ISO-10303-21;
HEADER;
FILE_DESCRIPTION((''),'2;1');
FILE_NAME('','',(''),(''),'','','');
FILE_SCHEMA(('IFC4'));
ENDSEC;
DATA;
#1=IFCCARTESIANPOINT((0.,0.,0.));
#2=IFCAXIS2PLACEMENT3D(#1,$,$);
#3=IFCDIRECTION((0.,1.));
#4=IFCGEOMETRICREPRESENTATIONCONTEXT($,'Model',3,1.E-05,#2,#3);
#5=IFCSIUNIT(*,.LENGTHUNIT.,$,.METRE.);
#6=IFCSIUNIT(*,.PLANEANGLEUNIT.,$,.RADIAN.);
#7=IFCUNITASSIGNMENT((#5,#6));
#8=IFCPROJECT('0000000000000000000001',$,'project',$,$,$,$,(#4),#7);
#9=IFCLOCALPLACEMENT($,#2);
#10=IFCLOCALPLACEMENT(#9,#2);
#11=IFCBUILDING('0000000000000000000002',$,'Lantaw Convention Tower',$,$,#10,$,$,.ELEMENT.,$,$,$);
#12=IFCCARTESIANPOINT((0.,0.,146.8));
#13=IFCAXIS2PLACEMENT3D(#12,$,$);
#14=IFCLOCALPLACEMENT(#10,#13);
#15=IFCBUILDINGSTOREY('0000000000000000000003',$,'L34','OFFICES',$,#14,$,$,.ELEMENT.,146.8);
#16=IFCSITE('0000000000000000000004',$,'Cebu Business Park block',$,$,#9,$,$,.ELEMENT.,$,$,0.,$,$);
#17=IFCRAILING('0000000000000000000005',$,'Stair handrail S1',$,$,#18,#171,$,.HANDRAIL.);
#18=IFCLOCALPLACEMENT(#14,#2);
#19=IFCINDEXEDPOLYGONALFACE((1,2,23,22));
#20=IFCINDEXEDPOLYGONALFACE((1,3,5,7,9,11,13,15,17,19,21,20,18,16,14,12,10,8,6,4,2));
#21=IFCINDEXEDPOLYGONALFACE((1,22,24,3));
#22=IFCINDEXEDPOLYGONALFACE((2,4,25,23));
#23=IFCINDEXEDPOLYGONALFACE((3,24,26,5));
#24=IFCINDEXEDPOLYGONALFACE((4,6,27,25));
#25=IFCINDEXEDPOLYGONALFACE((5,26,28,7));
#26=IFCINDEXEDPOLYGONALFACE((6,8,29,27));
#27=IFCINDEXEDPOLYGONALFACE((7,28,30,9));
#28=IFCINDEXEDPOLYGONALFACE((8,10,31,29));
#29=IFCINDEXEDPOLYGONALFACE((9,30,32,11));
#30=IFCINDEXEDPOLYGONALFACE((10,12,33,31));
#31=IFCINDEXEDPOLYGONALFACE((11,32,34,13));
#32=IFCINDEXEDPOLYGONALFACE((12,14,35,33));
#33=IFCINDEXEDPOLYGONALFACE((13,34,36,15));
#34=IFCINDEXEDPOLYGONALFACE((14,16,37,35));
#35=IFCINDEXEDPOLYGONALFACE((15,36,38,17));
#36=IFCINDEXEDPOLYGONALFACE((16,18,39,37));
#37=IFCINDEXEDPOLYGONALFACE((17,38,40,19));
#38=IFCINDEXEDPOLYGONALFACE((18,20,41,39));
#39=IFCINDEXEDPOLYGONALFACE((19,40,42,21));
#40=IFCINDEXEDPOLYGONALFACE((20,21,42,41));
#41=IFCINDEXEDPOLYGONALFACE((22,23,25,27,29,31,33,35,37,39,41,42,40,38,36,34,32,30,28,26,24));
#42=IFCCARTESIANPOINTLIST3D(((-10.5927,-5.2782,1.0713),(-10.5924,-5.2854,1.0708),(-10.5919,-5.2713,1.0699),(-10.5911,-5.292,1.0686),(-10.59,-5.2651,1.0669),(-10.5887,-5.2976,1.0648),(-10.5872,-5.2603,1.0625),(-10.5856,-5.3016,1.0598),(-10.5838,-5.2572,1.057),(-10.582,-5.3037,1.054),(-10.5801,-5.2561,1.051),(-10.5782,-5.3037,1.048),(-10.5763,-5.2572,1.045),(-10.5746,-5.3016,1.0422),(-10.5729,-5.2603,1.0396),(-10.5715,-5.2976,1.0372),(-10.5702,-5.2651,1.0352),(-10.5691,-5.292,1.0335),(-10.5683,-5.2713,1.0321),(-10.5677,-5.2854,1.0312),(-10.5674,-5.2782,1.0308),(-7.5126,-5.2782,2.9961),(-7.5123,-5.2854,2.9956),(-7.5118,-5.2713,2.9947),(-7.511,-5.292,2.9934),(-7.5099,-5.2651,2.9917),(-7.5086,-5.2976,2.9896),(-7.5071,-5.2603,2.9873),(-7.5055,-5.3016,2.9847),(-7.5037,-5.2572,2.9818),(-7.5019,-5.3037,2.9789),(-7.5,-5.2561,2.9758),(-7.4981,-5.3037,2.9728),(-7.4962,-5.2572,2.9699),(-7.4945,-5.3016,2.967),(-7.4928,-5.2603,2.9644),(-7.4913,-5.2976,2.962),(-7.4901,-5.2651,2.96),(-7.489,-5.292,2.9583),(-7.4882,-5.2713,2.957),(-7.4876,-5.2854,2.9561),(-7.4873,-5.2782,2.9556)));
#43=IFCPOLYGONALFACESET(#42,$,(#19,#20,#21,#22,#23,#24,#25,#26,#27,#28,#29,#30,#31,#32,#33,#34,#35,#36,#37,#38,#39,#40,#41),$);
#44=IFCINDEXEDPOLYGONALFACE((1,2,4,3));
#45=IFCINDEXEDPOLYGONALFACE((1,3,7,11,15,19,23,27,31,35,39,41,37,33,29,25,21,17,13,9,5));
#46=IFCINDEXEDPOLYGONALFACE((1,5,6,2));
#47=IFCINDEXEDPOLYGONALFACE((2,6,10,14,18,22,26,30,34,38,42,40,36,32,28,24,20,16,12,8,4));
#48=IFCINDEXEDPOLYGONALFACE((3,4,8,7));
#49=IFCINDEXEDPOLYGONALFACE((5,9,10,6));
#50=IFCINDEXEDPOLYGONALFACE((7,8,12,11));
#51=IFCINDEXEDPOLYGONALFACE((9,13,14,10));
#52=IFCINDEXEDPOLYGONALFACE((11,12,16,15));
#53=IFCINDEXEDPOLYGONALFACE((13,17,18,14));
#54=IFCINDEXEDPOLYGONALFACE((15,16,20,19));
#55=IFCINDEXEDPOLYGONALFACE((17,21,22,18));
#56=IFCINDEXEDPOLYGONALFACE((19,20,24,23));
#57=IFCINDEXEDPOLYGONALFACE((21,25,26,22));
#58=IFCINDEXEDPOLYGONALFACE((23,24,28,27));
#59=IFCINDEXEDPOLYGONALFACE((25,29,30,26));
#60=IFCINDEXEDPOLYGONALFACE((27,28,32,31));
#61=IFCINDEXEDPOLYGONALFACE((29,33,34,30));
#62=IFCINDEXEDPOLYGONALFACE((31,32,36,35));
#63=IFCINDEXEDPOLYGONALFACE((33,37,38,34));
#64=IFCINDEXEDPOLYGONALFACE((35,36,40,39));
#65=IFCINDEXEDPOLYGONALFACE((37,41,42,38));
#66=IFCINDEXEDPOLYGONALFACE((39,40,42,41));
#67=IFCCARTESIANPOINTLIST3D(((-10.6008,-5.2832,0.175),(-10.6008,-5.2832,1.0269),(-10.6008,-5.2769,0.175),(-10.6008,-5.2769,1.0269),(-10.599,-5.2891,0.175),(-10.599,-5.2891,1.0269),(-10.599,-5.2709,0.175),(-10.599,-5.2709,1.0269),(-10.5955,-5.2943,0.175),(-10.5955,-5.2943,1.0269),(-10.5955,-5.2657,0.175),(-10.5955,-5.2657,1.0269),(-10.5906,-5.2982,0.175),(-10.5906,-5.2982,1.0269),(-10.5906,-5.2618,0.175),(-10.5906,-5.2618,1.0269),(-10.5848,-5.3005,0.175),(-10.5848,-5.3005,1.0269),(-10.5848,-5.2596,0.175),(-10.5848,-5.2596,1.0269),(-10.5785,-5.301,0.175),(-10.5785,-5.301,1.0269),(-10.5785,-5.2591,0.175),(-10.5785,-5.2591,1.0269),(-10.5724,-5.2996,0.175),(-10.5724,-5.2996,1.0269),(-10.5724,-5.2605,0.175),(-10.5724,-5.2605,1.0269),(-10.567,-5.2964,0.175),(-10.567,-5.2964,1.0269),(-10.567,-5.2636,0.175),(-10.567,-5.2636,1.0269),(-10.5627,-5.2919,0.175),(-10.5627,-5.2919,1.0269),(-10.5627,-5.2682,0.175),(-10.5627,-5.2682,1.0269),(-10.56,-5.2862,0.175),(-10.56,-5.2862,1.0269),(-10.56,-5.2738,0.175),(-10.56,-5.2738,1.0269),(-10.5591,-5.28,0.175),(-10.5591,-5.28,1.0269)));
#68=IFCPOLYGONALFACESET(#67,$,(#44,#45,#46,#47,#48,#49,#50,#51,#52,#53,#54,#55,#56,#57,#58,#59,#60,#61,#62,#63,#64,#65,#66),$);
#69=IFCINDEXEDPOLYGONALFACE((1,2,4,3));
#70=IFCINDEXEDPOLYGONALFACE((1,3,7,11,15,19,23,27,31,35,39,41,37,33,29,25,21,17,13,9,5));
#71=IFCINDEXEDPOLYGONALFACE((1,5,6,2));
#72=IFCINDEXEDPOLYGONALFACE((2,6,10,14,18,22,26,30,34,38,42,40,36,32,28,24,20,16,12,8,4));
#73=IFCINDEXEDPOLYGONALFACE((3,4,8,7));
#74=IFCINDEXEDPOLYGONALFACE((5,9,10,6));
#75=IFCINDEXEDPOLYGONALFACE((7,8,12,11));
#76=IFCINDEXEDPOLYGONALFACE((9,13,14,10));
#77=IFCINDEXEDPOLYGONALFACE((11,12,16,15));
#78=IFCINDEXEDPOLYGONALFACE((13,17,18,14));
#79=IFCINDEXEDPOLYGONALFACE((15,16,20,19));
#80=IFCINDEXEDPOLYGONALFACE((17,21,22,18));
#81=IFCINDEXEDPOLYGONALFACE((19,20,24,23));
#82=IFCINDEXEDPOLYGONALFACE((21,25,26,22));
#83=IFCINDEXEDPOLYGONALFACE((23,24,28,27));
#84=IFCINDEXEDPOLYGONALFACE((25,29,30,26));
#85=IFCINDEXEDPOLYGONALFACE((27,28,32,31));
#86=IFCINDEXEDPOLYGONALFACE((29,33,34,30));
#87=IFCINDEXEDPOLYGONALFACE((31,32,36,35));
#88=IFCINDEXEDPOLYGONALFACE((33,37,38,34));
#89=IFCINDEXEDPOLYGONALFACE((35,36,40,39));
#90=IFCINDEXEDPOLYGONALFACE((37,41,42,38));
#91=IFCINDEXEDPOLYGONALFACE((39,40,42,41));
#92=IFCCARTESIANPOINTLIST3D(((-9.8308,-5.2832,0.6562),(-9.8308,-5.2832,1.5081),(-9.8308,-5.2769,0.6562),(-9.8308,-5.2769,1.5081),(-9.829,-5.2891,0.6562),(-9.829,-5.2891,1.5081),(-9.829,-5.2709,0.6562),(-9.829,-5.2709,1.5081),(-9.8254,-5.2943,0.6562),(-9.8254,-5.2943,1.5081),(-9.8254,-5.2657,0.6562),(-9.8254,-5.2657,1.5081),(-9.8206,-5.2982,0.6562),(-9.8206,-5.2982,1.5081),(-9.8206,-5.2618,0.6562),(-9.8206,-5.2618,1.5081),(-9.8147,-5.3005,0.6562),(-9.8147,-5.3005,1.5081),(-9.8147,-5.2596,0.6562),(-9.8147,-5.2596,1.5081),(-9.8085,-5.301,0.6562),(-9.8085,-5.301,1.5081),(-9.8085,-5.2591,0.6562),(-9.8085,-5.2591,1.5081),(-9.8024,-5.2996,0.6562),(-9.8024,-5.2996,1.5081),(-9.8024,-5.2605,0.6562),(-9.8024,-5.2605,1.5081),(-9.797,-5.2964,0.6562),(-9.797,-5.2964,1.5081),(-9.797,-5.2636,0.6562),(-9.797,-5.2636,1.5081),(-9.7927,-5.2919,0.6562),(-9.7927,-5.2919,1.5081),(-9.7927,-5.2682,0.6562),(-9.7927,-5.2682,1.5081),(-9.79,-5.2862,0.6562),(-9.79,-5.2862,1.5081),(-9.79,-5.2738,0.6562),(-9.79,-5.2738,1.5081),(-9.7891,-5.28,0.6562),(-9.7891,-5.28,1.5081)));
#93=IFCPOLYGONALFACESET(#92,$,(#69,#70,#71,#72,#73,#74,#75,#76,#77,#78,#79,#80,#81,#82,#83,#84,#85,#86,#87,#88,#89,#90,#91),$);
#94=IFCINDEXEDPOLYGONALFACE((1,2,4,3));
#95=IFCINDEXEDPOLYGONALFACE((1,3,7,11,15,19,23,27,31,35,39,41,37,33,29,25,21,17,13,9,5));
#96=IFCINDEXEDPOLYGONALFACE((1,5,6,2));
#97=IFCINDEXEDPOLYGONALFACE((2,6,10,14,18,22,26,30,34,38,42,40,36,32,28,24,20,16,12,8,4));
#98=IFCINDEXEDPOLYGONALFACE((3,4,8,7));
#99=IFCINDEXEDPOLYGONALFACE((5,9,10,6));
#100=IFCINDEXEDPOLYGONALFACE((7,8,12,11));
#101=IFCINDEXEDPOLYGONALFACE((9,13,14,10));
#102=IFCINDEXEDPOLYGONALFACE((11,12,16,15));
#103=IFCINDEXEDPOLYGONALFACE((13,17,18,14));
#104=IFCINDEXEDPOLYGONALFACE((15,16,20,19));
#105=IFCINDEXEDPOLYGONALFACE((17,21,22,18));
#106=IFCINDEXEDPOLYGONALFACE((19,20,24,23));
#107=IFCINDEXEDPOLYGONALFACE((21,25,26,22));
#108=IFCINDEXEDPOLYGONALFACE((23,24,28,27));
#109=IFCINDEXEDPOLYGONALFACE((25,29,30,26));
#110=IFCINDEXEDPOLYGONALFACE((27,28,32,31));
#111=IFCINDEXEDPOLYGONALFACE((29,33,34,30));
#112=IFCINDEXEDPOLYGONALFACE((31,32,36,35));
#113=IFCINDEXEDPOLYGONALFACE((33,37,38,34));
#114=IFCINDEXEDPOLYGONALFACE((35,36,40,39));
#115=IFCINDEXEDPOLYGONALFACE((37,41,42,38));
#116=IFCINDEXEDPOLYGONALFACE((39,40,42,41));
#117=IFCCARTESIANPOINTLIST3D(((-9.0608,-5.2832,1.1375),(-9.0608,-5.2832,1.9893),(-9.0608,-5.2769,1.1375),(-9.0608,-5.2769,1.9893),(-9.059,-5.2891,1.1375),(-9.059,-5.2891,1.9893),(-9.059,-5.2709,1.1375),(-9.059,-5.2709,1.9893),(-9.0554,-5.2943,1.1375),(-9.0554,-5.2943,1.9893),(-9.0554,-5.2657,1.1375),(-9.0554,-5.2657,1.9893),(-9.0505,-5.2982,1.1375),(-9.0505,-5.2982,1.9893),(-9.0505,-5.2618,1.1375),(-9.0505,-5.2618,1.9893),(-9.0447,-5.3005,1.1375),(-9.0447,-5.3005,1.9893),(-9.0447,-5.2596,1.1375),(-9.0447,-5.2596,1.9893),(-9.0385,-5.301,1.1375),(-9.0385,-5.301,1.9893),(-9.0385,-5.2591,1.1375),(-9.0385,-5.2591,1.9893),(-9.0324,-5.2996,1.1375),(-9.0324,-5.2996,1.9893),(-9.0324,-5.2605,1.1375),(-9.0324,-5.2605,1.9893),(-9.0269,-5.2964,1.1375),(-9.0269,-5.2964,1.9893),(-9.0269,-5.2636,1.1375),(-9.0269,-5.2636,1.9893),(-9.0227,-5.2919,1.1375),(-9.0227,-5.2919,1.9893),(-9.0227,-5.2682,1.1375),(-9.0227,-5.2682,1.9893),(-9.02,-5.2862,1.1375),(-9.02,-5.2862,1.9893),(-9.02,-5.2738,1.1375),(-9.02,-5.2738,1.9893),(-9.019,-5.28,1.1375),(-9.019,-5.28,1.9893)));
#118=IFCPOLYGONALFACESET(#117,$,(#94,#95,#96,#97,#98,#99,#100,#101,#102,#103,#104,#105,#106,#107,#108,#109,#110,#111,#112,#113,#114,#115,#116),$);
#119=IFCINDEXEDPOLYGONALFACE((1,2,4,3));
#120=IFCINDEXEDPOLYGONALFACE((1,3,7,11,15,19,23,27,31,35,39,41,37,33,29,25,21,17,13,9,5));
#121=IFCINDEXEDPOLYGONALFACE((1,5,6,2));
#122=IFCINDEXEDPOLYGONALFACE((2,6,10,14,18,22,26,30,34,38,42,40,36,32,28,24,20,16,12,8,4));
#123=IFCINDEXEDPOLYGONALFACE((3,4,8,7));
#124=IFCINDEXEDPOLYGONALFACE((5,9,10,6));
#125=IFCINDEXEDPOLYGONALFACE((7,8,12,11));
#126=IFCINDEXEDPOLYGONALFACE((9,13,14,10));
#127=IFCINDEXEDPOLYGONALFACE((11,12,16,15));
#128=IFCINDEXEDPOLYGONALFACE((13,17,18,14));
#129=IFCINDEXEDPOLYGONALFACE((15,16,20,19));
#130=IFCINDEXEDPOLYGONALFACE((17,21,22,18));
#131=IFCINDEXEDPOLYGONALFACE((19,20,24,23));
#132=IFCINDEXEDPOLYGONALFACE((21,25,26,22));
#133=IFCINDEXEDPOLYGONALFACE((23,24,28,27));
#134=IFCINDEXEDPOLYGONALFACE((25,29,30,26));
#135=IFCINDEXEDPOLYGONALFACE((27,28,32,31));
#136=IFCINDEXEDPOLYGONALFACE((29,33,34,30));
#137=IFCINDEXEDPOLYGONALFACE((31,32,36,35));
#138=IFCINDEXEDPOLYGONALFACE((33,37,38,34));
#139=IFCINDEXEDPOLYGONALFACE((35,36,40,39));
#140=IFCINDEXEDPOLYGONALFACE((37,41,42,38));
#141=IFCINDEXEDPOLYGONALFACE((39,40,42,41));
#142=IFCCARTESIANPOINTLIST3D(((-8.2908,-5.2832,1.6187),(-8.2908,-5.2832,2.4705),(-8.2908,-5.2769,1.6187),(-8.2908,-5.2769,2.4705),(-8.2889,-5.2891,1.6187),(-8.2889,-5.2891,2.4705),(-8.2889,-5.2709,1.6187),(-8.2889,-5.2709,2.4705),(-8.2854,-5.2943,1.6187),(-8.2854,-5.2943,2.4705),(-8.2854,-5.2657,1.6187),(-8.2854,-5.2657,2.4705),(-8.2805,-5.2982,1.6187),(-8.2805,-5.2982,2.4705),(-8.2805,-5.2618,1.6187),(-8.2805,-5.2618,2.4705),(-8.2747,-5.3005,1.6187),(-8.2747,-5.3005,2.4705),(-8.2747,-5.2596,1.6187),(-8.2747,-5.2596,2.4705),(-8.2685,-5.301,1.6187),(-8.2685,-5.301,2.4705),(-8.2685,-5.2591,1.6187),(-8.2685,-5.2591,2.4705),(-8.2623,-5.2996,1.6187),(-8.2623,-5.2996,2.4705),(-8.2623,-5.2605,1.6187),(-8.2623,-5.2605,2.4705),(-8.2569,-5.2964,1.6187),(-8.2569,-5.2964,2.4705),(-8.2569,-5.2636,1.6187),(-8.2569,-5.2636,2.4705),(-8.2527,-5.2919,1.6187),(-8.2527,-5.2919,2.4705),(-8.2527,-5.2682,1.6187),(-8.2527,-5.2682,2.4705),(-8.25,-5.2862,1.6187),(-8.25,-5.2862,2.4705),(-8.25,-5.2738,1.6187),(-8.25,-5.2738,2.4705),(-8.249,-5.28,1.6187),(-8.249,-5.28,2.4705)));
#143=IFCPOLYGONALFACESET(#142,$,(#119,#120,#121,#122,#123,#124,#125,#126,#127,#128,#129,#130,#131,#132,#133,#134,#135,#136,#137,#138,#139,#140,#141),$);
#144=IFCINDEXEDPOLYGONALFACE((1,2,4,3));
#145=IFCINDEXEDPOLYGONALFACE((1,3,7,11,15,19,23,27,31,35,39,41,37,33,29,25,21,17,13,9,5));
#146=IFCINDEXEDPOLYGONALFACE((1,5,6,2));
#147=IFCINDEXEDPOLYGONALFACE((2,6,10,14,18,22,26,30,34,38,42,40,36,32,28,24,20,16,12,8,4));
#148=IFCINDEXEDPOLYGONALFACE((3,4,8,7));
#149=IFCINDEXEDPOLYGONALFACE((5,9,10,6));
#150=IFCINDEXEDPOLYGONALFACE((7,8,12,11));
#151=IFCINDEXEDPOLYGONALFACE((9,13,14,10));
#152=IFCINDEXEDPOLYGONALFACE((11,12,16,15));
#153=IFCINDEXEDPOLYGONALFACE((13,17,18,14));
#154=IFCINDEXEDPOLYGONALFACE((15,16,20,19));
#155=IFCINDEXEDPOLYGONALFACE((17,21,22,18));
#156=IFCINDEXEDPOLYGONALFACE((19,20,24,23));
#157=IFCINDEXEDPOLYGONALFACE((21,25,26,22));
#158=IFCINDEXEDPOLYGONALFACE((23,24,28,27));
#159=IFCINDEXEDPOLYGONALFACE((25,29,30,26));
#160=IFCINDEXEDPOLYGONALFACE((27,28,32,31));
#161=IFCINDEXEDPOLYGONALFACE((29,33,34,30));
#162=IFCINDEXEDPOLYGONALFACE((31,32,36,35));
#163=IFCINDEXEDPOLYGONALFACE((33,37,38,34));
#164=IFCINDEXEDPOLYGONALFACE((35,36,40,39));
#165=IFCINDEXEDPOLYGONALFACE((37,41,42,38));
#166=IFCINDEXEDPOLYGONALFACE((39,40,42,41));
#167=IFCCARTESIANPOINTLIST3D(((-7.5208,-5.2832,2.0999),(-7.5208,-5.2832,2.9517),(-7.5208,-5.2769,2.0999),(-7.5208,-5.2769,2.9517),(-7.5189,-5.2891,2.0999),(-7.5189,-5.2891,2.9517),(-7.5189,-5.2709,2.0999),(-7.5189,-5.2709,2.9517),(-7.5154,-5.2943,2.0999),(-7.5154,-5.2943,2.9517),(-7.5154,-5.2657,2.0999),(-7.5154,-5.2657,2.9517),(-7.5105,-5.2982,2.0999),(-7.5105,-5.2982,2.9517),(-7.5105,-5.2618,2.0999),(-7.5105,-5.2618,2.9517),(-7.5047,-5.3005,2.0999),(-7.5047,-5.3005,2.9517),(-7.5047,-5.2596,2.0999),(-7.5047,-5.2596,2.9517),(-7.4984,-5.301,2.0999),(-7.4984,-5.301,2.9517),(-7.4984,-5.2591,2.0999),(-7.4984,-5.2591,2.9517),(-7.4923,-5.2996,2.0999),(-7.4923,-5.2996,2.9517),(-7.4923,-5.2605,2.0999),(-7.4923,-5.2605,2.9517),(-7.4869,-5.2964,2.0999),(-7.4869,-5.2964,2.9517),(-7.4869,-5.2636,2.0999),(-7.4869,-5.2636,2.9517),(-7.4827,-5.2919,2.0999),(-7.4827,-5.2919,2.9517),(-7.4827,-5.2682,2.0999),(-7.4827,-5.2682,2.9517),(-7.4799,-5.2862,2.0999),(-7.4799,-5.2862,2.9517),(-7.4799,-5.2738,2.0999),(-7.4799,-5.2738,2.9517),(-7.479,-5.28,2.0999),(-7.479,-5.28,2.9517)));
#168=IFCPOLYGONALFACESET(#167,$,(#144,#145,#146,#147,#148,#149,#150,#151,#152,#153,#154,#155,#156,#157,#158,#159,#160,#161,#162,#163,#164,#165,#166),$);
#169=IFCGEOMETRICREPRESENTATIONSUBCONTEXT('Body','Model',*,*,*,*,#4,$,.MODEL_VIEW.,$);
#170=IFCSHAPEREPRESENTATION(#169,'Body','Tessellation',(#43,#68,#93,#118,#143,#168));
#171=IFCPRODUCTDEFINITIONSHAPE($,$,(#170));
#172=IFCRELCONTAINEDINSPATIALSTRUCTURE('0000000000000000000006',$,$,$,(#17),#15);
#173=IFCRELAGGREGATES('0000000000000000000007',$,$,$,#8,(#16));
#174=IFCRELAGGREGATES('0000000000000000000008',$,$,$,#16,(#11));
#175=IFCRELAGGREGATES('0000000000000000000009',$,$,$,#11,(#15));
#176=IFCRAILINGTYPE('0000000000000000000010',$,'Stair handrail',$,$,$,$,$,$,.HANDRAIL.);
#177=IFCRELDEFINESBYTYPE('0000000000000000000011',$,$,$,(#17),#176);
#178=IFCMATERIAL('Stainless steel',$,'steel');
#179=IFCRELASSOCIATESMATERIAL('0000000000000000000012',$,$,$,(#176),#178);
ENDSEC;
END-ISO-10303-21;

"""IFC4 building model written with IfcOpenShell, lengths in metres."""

from ifc_helpers import new_model, si_unit, direction, frame, origin, origin_2d, place, context, subcontext, project, spatial, circle, extrude, material, type_object, element, save


model = new_model("IFC4")

# Units and contexts
model_context = context("Model", 3, precision=1e-05, world=origin(), true_north=direction((0.0, 1.0)))
body_context = subcontext(model_context, "Body", "Model", "MODEL_VIEW")
ifc_project = project(units=[si_unit("LENGTHUNIT", "METRE"), si_unit("PLANEANGLEUNIT", "RADIAN")], contexts=[model_context])

# Site, building, storey
site_placement = place(None, origin())
site = spatial("IfcSite", under=ifc_project, at=site_placement, Name="Cebu Business Park block", CompositionType="ELEMENT", RefElevation=0.0)
building_placement = place(site_placement, origin())
building = spatial("IfcBuilding", under=site, at=building_placement, Name="Lantaw Convention Tower", CompositionType="ELEMENT")
storey_placement = place(building_placement, frame((0.0, 0.0, 146.8)))
storey = spatial("IfcBuildingStorey", under=building, at=storey_placement, Name="L34", Description="OFFICES", CompositionType="ELEMENT", Elevation=146.8)

# Railing
ifc_material_1 = material(Name="Stainless steel", Category="steel")
railing_type = type_object("IfcRailingType", Name="Stair handrail", PredefinedType="HANDRAIL", material=ifc_material_1)
railing_1_placement = place(storey_placement, frame((-10.5801, -5.28, 0.175)))
element("IfcRailing", 1, at=railing_1_placement, inside=storey, type_object=railing_type, Name="Stair handrail S1", PredefinedType="HANDRAIL", context=body_context, shape_type="SweptSolid", body=[
    extrude(circle(Radius=0.0239, at=origin_2d()), frame((0.0, 0.0, 0.876), z_axis=(0.848029, 0.0, 0.529951), x_axis=(0.0, 1.0, 0.0)), (0.0, 0.0, 1.0), 3.6321),
    extrude(circle(Radius=0.021, at=origin_2d()), origin(), (0.0, 0.0, 1.0), 0.8518),
    extrude(circle(Radius=0.021, at=origin_2d()), frame((0.77, 0.0, 0.4812)), (0.0, 0.0, 1.0), 0.8518),
    extrude(circle(Radius=0.021, at=origin_2d()), frame((1.54, 0.0, 0.9624)), (0.0, 0.0, 1.0), 0.8518),
    extrude(circle(Radius=0.021, at=origin_2d()), frame((2.3101, 0.0, 1.4436)), (0.0, 0.0, 1.0), 0.8518),
    extrude(circle(Radius=0.021, at=origin_2d()), frame((3.0801, 0.0, 1.9248)), (0.0, 0.0, 1.0), 0.8518),
])

save(model, "model.ifc")
